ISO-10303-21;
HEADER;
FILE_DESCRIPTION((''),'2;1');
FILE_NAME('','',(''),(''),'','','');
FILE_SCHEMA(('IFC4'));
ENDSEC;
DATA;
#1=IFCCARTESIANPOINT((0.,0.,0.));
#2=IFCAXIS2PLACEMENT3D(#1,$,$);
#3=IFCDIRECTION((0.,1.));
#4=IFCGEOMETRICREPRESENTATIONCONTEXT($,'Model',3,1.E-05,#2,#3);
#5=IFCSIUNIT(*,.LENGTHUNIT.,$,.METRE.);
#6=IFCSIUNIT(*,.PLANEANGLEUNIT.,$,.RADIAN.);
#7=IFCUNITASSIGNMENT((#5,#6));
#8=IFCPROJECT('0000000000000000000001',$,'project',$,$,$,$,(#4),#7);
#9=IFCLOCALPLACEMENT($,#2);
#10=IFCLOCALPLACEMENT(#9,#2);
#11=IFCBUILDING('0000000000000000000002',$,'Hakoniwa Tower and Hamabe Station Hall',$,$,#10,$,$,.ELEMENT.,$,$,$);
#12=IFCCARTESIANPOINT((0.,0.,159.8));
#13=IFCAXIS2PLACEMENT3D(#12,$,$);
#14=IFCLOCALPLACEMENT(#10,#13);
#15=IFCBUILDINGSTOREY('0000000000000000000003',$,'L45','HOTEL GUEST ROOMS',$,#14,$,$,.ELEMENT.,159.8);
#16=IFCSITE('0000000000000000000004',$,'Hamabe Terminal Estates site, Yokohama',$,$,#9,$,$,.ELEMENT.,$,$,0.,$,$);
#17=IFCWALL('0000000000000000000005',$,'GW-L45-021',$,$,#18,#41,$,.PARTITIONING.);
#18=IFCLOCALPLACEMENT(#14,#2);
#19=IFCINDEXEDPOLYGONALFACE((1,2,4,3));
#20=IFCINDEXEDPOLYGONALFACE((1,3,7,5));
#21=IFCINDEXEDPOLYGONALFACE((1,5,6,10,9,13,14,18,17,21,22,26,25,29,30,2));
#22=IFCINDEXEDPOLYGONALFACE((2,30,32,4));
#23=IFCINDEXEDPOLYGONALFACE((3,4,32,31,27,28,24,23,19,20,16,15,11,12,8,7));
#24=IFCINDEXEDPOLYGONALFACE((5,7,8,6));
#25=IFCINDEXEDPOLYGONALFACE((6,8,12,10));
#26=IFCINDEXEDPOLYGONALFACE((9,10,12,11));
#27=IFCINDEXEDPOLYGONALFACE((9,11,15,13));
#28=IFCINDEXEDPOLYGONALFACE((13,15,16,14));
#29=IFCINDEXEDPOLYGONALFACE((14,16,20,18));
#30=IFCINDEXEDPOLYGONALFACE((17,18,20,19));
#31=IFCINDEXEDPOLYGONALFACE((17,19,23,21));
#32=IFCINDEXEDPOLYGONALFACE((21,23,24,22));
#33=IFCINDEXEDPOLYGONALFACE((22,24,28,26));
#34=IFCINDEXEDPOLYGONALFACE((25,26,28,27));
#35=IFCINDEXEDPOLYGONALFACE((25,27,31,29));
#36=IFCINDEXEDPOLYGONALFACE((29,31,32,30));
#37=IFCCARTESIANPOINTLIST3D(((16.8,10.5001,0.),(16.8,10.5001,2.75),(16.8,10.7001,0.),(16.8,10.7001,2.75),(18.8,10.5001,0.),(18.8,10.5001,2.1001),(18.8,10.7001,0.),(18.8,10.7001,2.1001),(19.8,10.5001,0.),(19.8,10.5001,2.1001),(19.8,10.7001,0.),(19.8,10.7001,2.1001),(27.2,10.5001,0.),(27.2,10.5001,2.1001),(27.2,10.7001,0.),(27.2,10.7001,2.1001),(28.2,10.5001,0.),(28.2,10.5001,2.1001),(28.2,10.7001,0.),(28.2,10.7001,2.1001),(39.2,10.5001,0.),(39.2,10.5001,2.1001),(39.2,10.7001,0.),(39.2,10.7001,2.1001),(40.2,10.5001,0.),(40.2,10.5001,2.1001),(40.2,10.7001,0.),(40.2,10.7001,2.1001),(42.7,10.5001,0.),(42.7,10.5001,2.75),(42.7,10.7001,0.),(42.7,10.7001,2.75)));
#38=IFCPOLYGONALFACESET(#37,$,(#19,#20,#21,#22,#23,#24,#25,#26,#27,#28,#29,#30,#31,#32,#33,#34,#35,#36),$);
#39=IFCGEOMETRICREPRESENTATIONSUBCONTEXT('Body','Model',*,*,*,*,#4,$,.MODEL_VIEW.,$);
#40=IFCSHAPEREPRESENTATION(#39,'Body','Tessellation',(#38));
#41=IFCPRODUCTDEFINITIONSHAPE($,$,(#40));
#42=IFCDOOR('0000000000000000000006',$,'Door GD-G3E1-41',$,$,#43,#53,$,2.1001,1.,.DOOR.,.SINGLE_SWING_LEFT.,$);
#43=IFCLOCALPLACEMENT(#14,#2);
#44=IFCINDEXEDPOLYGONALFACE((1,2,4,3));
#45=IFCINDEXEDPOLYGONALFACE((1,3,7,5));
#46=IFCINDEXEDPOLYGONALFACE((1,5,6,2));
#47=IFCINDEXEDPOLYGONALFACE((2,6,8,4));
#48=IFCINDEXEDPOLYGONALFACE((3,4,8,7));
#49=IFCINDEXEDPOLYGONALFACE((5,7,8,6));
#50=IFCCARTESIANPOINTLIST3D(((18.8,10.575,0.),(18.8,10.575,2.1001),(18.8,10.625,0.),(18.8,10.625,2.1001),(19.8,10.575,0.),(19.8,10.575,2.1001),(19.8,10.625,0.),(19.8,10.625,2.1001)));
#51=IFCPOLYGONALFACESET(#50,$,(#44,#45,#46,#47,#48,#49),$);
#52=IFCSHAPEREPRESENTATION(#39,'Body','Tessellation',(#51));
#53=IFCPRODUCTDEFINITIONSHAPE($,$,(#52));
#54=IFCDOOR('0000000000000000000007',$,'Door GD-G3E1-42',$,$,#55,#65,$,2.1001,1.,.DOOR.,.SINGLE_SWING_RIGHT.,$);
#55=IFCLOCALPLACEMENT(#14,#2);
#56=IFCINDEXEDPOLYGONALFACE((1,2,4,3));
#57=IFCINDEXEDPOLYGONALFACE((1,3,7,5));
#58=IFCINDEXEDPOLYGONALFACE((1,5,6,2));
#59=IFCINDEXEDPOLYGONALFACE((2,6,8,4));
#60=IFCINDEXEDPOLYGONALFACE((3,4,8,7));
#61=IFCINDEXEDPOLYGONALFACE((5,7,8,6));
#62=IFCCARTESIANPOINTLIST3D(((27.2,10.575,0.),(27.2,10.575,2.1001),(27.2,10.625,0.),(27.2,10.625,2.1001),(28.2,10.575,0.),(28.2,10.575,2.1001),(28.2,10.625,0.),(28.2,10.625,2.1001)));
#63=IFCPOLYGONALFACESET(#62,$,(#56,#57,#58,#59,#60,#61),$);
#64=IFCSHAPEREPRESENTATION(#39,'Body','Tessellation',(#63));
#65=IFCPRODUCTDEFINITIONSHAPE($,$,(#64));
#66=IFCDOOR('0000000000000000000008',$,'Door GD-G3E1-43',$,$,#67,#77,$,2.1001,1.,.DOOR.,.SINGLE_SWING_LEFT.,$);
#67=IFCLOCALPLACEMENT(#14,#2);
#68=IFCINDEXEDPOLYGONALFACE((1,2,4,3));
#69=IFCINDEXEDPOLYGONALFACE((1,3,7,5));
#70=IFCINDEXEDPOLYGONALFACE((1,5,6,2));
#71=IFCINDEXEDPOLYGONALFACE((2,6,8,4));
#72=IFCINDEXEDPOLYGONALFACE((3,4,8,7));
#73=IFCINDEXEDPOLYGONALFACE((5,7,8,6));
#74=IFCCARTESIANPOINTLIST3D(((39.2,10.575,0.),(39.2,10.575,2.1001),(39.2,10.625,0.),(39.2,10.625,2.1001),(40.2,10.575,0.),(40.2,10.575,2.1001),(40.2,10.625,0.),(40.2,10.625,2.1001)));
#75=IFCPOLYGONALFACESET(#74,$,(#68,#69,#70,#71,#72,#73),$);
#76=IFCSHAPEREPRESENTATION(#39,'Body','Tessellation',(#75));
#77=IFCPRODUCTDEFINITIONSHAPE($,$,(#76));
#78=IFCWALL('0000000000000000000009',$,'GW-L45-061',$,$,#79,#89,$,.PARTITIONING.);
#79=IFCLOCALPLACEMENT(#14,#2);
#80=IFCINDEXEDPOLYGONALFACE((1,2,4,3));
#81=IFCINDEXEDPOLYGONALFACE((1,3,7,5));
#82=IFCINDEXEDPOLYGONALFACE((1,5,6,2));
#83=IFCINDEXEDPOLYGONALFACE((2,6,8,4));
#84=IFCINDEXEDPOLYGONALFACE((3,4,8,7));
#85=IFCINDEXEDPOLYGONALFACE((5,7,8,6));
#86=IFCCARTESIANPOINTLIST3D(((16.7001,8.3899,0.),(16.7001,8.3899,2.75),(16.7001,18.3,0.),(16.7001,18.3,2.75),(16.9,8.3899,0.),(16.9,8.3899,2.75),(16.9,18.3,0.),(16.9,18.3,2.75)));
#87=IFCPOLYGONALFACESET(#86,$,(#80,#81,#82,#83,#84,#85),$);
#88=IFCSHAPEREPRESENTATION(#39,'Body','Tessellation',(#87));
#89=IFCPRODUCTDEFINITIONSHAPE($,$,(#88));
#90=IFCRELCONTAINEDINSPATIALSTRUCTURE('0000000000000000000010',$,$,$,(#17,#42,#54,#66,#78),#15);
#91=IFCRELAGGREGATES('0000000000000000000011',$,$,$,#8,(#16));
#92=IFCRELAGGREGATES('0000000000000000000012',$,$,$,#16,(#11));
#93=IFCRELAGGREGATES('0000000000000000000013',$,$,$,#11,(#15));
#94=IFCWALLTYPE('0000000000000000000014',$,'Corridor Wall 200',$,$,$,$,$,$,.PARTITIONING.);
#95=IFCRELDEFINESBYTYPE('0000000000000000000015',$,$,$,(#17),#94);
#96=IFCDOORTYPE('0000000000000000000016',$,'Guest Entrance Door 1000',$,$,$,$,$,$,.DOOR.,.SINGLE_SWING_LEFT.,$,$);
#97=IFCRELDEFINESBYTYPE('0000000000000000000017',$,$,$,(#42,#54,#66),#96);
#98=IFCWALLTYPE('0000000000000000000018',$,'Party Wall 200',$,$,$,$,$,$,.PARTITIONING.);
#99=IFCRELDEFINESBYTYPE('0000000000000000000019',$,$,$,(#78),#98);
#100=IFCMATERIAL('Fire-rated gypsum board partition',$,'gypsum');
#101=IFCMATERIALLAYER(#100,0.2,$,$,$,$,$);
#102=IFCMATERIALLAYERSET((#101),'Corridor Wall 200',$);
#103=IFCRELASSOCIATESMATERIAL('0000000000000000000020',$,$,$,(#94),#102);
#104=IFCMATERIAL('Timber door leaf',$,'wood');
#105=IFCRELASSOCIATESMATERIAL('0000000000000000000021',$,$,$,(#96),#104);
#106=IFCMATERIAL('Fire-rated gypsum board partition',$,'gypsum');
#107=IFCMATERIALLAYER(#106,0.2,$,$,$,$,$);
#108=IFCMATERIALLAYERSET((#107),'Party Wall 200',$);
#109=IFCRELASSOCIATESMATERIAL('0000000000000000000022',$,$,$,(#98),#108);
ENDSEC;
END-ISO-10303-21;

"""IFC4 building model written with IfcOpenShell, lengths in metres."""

from ifc_helpers import new_model, si_unit, direction, frame, frame_2d, origin, place, context, subcontext, project, spatial, rectangle, extrude, material, layer, layer_set, type_object, element, fill, save


model = new_model("IFC4")

# Units and contexts
model_context = context("Model", 3, precision=1e-05, world=origin(), true_north=direction((0.0, 1.0)))
body_context = subcontext(model_context, "Body", "Model", "MODEL_VIEW")
ifc_project = project(units=[si_unit("LENGTHUNIT", "METRE"), si_unit("PLANEANGLEUNIT", "RADIAN")], contexts=[model_context])

# Site, building, storey
site_placement = place(None, origin())
site = spatial("IfcSite", under=ifc_project, at=site_placement, Name="Hamabe Terminal Estates site, Yokohama", CompositionType="ELEMENT", RefElevation=0.0)
building_placement = place(site_placement, origin())
building = spatial("IfcBuilding", under=site, at=building_placement, Name="Hakoniwa Tower and Hamabe Station Hall", CompositionType="ELEMENT")
storey_placement = place(building_placement, frame((0.0, 0.0, 159.8)))
storey = spatial("IfcBuildingStorey", under=building, at=storey_placement, Name="L45", Description="HOTEL GUEST ROOMS", CompositionType="ELEMENT", Elevation=159.8)

# Wall, openings, doors
ifc_material_1 = material(Name="Fire-rated gypsum board partition", Category="gypsum")
ifc_layer_1 = layer(ifc_material_1, 0.2)
ifc_layer_set_1 = layer_set([ifc_layer_1], Name="Corridor Wall 200")
wall_type_1 = type_object("IfcWallType", Name="Corridor Wall 200", PredefinedType="PARTITIONING", material=ifc_layer_set_1)
wall_1_placement = place(storey_placement, frame((16.8, 10.6001, 0.0), z_axis=(0.0, 0.0, 1.0), x_axis=(1.0, 0.0, 0.0)))
wall_1 = element("IfcWall", 1, at=wall_1_placement, inside=storey, type_object=wall_type_1, Name="GW-L45-021", PredefinedType="PARTITIONING", context=body_context, shape_type="SweptSolid", body=[
    extrude(rectangle(XDim=25.8999, YDim=0.2, at=frame_2d((12.95, 0.0))), origin(), (0.0, 0.0, 1.0), 2.75),
])
opening_1_placement = place(wall_1_placement, frame((2.0, 0.0, 0.0)))
opening_1 = element("IfcOpeningElement", 2, at=opening_1_placement, cuts=wall_1, PredefinedType="OPENING", context=body_context, shape_type="SweptSolid", body=[
    extrude(rectangle(XDim=1.0, YDim=2.1001, at=frame_2d((0.5, 1.05))), frame((0.0, 0.1099, 0.0), z_axis=(0.0, -1.0, 0.0), x_axis=(1.0, 0.0, 0.0)), (0.0, 0.0, 1.0), 0.22),
])
opening_2_placement = place(wall_1_placement, frame((10.3999, 0.0, 0.0)))
opening_2 = element("IfcOpeningElement", 3, at=opening_2_placement, cuts=wall_1, PredefinedType="OPENING", context=body_context, shape_type="SweptSolid", body=[
    extrude(rectangle(XDim=1.0, YDim=2.1001, at=frame_2d((0.5, 1.05))), frame((0.0, 0.1099, 0.0), z_axis=(0.0, -1.0, 0.0), x_axis=(1.0, 0.0, 0.0)), (0.0, 0.0, 1.0), 0.22),
])
opening_3_placement = place(wall_1_placement, frame((22.3999, 0.0, 0.0)))
opening_3 = element("IfcOpeningElement", 4, at=opening_3_placement, cuts=wall_1, PredefinedType="OPENING", context=body_context, shape_type="SweptSolid", body=[
    extrude(rectangle(XDim=1.0, YDim=2.1001, at=frame_2d((0.5, 1.05))), frame((0.0, 0.1099, 0.0), z_axis=(0.0, -1.0, 0.0), x_axis=(1.0, 0.0, 0.0)), (0.0, 0.0, 1.0), 0.22),
])
ifc_material_2 = material(Name="Timber door leaf", Category="wood")
door_type_1 = type_object("IfcDoorType", Name="Guest Entrance Door 1000", OperationType="SINGLE_SWING_LEFT", PredefinedType="DOOR", material=ifc_material_2)
door_1_placement = place(opening_1_placement, origin())
door_1 = element("IfcDoor", 5, at=door_1_placement, inside=storey, type_object=door_type_1, Name="Door GD-G3E1-41", OperationType="SINGLE_SWING_LEFT", OverallHeight=2.1001, OverallWidth=1.0, PredefinedType="DOOR", context=body_context, shape_type="SweptSolid", body=[
    extrude(rectangle(XDim=1.0, YDim=2.1001, at=frame_2d((0.5, 1.05))), frame((0.0, 0.0249, 0.0), z_axis=(0.0, -1.0, 0.0), x_axis=(1.0, 0.0, 0.0)), (0.0, 0.0, 1.0), 0.05),
])
fill(opening_1, door_1)
door_2_placement = place(opening_2_placement, origin())
door_2 = element("IfcDoor", 6, at=door_2_placement, inside=storey, type_object=door_type_1, Name="Door GD-G3E1-42", OperationType="SINGLE_SWING_RIGHT", OverallHeight=2.1001, OverallWidth=1.0, PredefinedType="DOOR", context=body_context, shape_type="SweptSolid", body=[
    extrude(rectangle(XDim=1.0, YDim=2.1001, at=frame_2d((0.5, 1.05))), frame((0.0, 0.0249, 0.0), z_axis=(0.0, -1.0, 0.0), x_axis=(1.0, 0.0, 0.0)), (0.0, 0.0, 1.0), 0.05),
])
fill(opening_2, door_2)
door_3_placement = place(opening_3_placement, origin())
door_3 = element("IfcDoor", 7, at=door_3_placement, inside=storey, type_object=door_type_1, Name="Door GD-G3E1-43", OperationType="SINGLE_SWING_LEFT", OverallHeight=2.1001, OverallWidth=1.0, PredefinedType="DOOR", context=body_context, shape_type="SweptSolid", body=[
    extrude(rectangle(XDim=1.0, YDim=2.1001, at=frame_2d((0.5, 1.05))), frame((0.0, 0.0249, 0.0), z_axis=(0.0, -1.0, 0.0), x_axis=(1.0, 0.0, 0.0)), (0.0, 0.0, 1.0), 0.05),
])
fill(opening_3, door_3)

# Wall
ifc_material_3 = material(Name="Fire-rated gypsum board partition", Category="gypsum")
ifc_layer_2 = layer(ifc_material_3, 0.2)
ifc_layer_set_2 = layer_set([ifc_layer_2], Name="Party Wall 200")
wall_type_2 = type_object("IfcWallType", Name="Party Wall 200", PredefinedType="PARTITIONING", material=ifc_layer_set_2)
wall_2_placement = place(storey_placement, frame((16.8, 8.3899, 0.0), z_axis=(0.0, 0.0, 1.0), x_axis=(0.0, 1.0, 0.0)))
element("IfcWall", 8, at=wall_2_placement, inside=storey, type_object=wall_type_2, Name="GW-L45-061", PredefinedType="PARTITIONING", context=body_context, shape_type="SweptSolid", body=[
    extrude(rectangle(XDim=9.9102, YDim=0.2, at=frame_2d((4.9551, 0.0))), origin(), (0.0, 0.0, 1.0), 2.75),
])

save(model, "model.ifc")
